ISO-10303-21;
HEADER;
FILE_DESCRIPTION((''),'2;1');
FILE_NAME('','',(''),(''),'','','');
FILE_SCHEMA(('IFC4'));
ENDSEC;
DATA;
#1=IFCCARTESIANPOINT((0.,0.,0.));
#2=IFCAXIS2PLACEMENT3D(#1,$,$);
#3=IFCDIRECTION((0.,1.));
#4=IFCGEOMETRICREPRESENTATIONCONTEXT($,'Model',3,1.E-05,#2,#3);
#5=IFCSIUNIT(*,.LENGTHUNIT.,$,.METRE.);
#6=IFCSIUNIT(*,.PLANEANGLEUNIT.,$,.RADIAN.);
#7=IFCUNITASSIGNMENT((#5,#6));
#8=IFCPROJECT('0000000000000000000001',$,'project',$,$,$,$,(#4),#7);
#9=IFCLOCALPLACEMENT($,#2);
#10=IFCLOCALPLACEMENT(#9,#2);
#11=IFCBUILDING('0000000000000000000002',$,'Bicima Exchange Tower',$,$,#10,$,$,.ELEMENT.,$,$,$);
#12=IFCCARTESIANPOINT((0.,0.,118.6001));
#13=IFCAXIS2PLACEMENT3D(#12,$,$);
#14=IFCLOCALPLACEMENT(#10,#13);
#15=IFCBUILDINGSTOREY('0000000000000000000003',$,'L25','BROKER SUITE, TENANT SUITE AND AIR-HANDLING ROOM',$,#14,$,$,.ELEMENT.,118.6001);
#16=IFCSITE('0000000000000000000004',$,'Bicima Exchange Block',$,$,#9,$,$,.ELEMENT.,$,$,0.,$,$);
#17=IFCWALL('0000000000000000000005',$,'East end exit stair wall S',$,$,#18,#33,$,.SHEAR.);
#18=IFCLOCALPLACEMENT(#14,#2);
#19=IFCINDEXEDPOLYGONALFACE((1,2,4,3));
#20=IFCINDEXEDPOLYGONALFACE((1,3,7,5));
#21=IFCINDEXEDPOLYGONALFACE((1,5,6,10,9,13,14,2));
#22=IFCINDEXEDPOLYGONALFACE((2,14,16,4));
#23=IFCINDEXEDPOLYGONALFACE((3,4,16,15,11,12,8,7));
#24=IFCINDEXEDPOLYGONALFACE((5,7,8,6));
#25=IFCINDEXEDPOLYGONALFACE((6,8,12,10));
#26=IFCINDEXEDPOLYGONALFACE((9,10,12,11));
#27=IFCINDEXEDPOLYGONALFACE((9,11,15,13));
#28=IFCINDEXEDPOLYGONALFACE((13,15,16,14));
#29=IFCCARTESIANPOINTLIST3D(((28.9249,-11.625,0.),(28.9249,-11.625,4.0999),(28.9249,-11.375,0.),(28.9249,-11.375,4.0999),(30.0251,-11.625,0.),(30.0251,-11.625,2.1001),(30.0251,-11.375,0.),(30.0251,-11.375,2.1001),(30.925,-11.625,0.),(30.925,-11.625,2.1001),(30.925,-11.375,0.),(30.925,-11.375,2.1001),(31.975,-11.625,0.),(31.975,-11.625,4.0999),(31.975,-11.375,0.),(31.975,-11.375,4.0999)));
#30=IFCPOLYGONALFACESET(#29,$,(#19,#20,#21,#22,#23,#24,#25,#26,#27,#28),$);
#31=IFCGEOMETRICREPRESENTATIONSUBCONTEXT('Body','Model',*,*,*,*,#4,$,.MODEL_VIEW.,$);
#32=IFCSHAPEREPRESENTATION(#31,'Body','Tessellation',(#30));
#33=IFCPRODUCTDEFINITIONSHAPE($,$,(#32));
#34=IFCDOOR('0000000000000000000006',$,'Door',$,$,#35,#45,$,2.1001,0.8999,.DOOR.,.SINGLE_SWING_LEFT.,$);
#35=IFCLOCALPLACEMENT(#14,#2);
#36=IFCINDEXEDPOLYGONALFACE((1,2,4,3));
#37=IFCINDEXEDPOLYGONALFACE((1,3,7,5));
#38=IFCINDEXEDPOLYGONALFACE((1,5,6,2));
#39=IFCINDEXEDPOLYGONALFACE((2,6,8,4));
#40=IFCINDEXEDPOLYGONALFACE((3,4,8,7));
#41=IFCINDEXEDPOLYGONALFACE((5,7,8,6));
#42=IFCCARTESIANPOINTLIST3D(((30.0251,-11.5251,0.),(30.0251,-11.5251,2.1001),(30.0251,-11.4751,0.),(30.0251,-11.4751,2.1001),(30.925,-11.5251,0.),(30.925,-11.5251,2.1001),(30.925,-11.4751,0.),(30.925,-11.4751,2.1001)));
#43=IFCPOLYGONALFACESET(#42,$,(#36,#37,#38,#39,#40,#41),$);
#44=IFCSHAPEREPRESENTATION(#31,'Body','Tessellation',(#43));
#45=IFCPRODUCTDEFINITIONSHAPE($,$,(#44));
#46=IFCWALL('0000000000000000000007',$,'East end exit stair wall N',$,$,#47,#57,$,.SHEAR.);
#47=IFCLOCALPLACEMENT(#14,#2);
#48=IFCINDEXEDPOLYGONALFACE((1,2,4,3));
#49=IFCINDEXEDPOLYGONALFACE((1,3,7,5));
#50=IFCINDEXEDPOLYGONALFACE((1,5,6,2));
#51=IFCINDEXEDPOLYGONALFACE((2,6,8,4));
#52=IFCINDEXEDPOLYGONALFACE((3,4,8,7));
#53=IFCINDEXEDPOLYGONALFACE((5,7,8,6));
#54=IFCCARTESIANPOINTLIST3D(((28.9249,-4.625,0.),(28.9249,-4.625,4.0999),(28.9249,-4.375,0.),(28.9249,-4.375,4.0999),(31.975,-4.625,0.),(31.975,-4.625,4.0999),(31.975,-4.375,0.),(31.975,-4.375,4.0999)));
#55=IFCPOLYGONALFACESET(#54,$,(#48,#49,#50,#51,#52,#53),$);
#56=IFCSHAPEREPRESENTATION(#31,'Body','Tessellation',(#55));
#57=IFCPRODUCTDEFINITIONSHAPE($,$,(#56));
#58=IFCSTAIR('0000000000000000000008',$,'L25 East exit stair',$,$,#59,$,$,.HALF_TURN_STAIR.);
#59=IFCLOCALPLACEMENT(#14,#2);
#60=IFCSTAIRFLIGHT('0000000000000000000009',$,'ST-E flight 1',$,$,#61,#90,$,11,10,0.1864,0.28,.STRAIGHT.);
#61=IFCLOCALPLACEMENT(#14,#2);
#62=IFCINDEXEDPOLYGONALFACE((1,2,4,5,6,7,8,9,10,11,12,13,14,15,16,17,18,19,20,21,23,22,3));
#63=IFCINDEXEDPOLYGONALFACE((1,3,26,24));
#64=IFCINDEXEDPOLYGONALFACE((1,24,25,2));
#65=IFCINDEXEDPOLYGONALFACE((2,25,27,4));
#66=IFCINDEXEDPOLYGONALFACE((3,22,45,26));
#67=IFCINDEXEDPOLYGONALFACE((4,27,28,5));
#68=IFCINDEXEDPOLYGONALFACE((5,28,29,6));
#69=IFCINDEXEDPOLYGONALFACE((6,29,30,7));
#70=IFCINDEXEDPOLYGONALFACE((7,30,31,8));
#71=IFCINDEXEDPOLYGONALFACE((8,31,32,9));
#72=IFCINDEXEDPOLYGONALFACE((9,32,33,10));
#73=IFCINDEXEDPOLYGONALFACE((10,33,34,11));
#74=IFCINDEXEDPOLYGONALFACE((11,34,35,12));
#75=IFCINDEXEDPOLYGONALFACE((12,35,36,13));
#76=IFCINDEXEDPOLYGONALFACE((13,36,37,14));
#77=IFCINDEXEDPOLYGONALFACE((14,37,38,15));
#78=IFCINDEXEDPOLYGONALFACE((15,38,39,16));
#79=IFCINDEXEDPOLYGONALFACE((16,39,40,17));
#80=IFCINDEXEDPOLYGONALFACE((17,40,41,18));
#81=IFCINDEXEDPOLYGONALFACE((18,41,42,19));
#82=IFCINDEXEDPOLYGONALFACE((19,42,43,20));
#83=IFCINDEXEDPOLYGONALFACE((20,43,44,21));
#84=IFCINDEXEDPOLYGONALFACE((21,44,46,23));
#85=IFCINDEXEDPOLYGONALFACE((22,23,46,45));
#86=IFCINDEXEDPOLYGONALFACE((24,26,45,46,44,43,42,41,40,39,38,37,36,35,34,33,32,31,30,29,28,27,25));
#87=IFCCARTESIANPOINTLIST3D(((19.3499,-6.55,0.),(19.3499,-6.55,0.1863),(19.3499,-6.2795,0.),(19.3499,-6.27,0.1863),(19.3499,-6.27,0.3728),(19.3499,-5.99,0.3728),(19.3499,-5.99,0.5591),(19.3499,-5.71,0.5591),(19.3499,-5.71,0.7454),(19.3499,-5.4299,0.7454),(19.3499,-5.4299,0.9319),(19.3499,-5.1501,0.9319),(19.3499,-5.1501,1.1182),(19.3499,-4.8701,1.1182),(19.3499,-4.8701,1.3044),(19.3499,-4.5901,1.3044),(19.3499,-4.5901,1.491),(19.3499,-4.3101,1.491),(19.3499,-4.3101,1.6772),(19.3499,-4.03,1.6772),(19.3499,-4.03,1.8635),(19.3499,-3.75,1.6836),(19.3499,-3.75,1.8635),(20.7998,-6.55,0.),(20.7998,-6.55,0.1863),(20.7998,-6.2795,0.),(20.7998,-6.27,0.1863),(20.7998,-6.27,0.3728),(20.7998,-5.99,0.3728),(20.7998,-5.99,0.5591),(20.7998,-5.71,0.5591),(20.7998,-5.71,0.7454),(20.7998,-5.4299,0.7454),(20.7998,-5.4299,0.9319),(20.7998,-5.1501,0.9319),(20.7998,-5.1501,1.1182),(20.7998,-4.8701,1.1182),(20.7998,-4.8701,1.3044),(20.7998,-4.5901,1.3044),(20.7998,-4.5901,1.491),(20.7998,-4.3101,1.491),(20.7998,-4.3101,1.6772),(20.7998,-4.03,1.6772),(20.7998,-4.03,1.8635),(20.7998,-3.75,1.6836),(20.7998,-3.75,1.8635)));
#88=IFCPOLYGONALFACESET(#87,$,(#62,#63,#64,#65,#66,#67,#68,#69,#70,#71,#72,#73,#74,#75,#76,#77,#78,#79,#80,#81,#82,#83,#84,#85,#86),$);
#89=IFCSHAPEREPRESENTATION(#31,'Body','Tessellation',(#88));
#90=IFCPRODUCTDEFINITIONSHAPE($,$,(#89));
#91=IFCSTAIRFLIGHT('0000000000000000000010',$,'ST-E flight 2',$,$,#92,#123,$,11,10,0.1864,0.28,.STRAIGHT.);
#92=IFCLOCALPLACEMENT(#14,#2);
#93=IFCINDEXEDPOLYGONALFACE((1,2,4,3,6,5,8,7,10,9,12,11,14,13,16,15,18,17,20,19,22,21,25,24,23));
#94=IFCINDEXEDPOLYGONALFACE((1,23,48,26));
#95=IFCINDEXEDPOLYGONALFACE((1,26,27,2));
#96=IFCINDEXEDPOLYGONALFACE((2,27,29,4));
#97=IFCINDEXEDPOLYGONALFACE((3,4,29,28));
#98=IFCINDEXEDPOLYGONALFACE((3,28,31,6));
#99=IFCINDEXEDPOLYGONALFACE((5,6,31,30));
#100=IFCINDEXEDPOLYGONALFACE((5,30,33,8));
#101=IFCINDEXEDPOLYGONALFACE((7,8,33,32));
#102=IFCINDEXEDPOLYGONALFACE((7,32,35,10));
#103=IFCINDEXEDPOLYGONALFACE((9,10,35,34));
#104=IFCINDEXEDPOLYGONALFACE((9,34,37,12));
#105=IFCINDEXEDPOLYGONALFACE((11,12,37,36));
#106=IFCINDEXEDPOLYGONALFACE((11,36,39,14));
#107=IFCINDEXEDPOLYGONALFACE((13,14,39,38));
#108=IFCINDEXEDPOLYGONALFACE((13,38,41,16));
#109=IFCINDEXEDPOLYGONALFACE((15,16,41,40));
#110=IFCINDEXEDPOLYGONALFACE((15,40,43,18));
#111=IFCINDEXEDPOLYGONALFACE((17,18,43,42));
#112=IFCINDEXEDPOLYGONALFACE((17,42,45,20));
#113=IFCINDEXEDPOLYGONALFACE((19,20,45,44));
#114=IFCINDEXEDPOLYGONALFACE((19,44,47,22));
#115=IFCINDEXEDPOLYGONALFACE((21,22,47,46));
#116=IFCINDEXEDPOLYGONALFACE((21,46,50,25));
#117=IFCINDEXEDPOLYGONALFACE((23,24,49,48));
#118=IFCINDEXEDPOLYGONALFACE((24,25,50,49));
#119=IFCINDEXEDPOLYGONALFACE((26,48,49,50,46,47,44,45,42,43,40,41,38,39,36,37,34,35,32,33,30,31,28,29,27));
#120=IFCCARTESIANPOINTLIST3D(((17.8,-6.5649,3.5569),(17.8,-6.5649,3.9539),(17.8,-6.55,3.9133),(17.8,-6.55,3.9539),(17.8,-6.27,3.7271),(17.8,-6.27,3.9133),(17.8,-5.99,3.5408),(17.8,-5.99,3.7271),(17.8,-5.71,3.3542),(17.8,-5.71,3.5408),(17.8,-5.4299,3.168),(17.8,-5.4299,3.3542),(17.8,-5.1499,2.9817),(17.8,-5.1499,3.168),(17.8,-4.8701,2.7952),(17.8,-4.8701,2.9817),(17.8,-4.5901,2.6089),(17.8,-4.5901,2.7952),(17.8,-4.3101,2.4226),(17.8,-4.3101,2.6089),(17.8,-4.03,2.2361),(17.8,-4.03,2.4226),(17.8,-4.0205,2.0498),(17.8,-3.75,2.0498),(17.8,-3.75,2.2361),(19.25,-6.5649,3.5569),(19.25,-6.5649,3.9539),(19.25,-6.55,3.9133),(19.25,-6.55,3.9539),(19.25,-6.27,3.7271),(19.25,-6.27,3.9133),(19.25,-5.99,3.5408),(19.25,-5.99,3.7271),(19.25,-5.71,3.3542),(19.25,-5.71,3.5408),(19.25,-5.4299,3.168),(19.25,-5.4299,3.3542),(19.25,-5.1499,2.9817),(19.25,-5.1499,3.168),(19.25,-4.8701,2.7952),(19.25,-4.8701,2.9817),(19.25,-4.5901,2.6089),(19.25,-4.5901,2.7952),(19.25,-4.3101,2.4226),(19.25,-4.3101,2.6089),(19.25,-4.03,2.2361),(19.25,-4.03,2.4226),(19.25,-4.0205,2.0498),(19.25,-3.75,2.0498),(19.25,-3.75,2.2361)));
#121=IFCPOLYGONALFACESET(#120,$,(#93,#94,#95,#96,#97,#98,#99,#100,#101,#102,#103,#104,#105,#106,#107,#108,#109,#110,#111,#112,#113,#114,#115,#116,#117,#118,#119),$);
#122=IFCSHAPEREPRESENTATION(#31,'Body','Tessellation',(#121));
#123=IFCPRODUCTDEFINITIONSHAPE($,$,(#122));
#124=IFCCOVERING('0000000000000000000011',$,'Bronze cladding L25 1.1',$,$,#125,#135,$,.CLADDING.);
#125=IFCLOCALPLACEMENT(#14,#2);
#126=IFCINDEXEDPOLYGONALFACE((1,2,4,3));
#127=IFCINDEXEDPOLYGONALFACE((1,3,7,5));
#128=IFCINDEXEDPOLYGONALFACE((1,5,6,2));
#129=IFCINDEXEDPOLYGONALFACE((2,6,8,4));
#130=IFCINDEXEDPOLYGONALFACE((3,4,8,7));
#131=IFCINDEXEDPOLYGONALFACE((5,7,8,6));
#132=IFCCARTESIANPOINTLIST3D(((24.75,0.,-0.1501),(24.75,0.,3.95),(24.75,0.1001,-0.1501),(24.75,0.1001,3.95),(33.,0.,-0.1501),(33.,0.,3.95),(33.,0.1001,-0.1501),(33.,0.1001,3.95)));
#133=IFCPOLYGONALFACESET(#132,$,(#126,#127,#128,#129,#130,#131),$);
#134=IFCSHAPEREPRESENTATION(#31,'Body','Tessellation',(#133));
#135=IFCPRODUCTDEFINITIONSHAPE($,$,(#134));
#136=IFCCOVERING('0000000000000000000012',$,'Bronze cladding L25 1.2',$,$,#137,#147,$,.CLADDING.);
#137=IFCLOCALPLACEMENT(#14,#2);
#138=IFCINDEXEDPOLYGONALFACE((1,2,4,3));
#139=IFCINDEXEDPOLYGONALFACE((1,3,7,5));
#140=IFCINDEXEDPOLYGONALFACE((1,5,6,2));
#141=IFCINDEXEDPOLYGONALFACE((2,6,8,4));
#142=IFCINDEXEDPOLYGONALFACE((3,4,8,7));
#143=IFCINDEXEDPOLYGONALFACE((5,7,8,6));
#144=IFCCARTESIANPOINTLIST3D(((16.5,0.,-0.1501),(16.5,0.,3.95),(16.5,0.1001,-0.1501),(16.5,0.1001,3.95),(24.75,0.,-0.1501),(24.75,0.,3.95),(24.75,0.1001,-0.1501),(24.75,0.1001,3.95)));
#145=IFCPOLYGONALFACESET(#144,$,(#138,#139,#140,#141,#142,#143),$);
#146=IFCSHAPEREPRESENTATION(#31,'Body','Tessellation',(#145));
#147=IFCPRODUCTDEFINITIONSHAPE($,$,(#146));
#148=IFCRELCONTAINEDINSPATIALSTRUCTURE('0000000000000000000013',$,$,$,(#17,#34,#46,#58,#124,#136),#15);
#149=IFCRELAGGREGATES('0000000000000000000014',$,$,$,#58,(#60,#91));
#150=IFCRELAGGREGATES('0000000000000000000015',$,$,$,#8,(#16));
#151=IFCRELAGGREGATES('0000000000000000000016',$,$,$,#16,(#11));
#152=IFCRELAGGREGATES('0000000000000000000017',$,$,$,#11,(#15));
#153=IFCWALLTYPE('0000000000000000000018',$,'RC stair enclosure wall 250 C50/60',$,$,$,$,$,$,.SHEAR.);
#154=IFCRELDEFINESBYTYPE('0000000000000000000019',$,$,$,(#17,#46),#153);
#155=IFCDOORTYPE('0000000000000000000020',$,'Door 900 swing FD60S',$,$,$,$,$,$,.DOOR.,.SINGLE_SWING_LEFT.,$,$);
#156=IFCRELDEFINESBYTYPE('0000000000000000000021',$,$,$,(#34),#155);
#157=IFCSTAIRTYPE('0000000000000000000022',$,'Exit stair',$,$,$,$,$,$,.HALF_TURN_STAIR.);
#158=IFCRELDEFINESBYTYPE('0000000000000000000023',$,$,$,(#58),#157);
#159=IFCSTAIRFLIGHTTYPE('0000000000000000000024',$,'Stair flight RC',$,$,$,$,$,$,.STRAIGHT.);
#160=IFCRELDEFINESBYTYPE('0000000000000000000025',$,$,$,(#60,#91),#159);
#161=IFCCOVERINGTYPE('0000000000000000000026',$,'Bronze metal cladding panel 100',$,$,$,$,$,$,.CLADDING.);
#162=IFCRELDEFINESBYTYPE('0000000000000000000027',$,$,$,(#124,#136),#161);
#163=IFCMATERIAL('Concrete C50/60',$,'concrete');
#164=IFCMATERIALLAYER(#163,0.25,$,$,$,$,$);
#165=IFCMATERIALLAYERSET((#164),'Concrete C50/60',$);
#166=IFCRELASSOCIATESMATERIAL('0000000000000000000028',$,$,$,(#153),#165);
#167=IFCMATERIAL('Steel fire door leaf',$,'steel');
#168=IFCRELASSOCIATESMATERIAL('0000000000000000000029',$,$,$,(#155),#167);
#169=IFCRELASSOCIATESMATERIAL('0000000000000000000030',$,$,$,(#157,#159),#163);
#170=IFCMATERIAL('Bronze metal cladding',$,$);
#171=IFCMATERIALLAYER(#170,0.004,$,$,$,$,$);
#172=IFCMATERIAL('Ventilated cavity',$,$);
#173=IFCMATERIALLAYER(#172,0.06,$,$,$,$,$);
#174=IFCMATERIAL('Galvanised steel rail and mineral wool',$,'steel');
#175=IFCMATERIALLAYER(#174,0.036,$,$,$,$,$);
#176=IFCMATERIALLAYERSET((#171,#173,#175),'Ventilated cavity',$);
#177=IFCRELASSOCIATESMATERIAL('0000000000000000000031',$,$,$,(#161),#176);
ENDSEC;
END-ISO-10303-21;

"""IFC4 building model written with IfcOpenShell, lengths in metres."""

from ifc_helpers import new_model, si_unit, direction, frame, frame_2d, origin, origin_2d, place, context, subcontext, project, spatial, polyline, rectangle, outline, extrude, material, layer, layer_set, type_object, element, fill, aggregate, save


model = new_model("IFC4")

# Units and contexts
model_context = context("Model", 3, precision=1e-05, world=origin(), true_north=direction((0.0, 1.0)))
body_context = subcontext(model_context, "Body", "Model", "MODEL_VIEW")
ifc_project = project(units=[si_unit("LENGTHUNIT", "METRE"), si_unit("PLANEANGLEUNIT", "RADIAN")], contexts=[model_context])

# Site, building, storey
site_placement = place(None, origin())
site = spatial("IfcSite", under=ifc_project, at=site_placement, Name="Bicima Exchange Block", CompositionType="ELEMENT", RefElevation=0.0)
building_placement = place(site_placement, origin())
building = spatial("IfcBuilding", under=site, at=building_placement, Name="Bicima Exchange Tower", CompositionType="ELEMENT")
storey_placement = place(building_placement, frame((0.0, 0.0, 118.6001)))
storey = spatial("IfcBuildingStorey", under=building, at=storey_placement, Name="L25", Description="BROKER SUITE, TENANT SUITE AND AIR-HANDLING ROOM", CompositionType="ELEMENT", Elevation=118.6001)

# Shared definitions
ifc_material_1 = material(Name="Steel fire door leaf", Category="steel")

# Shared definitions
ifc_material_2 = material(Name="Concrete C50/60", Category="concrete")
ifc_layer_1 = layer(ifc_material_2, 0.25)
ifc_layer_set_1 = layer_set([ifc_layer_1], Name="Concrete C50/60")
wall_type_1 = type_object("IfcWallType", Name="RC stair enclosure wall 250 C50/60", PredefinedType="SHEAR", material=ifc_layer_set_1)

# Wall, opening, door
wall_1_placement = place(storey_placement, frame((28.925, -11.5, 0.0), z_axis=(0.0, 0.0, 1.0), x_axis=(1.0, 0.0, 0.0)))
wall_1 = element("IfcWall", 1, at=wall_1_placement, inside=storey, type_object=wall_type_1, Name="East end exit stair wall S", PredefinedType="SHEAR", context=body_context, shape_type="SweptSolid", body=[
    extrude(rectangle(XDim=3.05, YDim=0.25, at=frame_2d((1.5249, 0.0))), origin(), (0.0, 0.0, 1.0), 4.0999),
])
opening_1_placement = place(wall_1_placement, frame((1.1001, 0.0, 0.0)))
opening_1 = element("IfcOpeningElement", 2, at=opening_1_placement, cuts=wall_1, PredefinedType="OPENING", context=body_context, shape_type="SweptSolid", body=[
    extrude(rectangle(XDim=0.8999, YDim=2.1001, at=frame_2d((0.45, 1.05))), frame((0.0, 0.137, 0.0), z_axis=(0.0, -1.0, 0.0), x_axis=(1.0, 0.0, 0.0)), (0.0, 0.0, 1.0), 0.2739),
])
door_type_1 = type_object("IfcDoorType", Name="Door 900 swing FD60S", OperationType="SINGLE_SWING_LEFT", PredefinedType="DOOR", material=ifc_material_1)
door_1_placement = place(opening_1_placement, origin())
door_1 = element("IfcDoor", 3, at=door_1_placement, inside=storey, type_object=door_type_1, Name="Door", OperationType="SINGLE_SWING_LEFT", OverallHeight=2.1001, OverallWidth=0.8999, PredefinedType="DOOR", context=body_context, shape_type="SweptSolid", body=[
    extrude(rectangle(XDim=0.8999, YDim=2.1001, at=frame_2d((0.45, 1.05))), frame((0.0, 0.0249, 0.0), z_axis=(0.0, -1.0, 0.0), x_axis=(1.0, 0.0, 0.0)), (0.0, 0.0, 1.0), 0.05),
])
fill(opening_1, door_1)

# Wall
wall_2_placement = place(storey_placement, frame((28.925, -4.5, 0.0), z_axis=(0.0, 0.0, 1.0), x_axis=(1.0, 0.0, 0.0)))
element("IfcWall", 4, at=wall_2_placement, inside=storey, type_object=wall_type_1, Name="East end exit stair wall N", PredefinedType="SHEAR", context=body_context, shape_type="SweptSolid", body=[
    extrude(rectangle(XDim=3.05, YDim=0.25, at=frame_2d((1.5249, 0.0))), origin(), (0.0, 0.0, 1.0), 4.0999),
])

# Stair, stair flights
stair_type = type_object("IfcStairType", Name="Exit stair", PredefinedType="HALF_TURN_STAIR", material=ifc_material_2)
stair_placement = place(storey_placement, origin())
stair = element("IfcStair", 5, at=stair_placement, inside=storey, type_object=stair_type, Name="L25 East exit stair", PredefinedType="HALF_TURN_STAIR")
stair_flight_type = type_object("IfcStairFlightType", Name="Stair flight RC", PredefinedType="STRAIGHT", material=ifc_material_2)
stair_flight_1_placement = place(storey_placement, frame((20.075, -6.55, 0.0), z_axis=(0.0, 0.0, 1.0), x_axis=(0.0, 1.0, 0.0)))
stair_flight_1 = element("IfcStairFlight", 6, at=stair_flight_1_placement, type_object=stair_flight_type, Name="ST-E flight 1", NumberOfRisers=11, NumberOfTreads=10, PredefinedType="STRAIGHT", RiserHeight=0.1864, TreadLength=0.28, context=body_context, shape_type="SweptSolid", body=[
    extrude(outline(polyline([(0.0, 0.0), (0.0, 0.1863), (0.28, 0.1863), (0.28, 0.3728), (0.5601, 0.3728), (0.5601, 0.5591), (0.8401, 0.5591), (0.8401, 0.7454), (1.1201, 0.7454), (1.1201, 0.9319), (1.3999, 0.9319), (1.3999, 1.1182), (1.6799, 1.1182), (1.6799, 1.3044), (1.96, 1.3044), (1.96, 1.491), (2.24, 1.491), (2.24, 1.6772), (2.52, 1.6772), (2.52, 1.8635), (2.8, 1.8635), (2.8, 2.05), (2.8, 1.6836), (0.2705, 0.0), (0.0, 0.0)])), frame((0.0, 0.7251, 0.0), z_axis=(0.0, -1.0, 0.0), x_axis=(1.0, 0.0, 0.0)), (0.0, 0.0, 1.0), 1.45),
])
stair_flight_2_placement = place(storey_placement, frame((18.5249, -3.75, 2.0498), z_axis=(0.0, 0.0, 1.0), x_axis=(0.0, -1.0, 0.0)))
stair_flight_2 = element("IfcStairFlight", 7, at=stair_flight_2_placement, type_object=stair_flight_type, Name="ST-E flight 2", NumberOfRisers=11, NumberOfTreads=10, PredefinedType="STRAIGHT", RiserHeight=0.1864, TreadLength=0.28, context=body_context, shape_type="SweptSolid", body=[
    extrude(outline(polyline([(0.0, 0.0), (0.0, 0.1863), (0.28, 0.1863), (0.28, 0.3728), (0.5601, 0.3728), (0.5601, 0.5591), (0.8401, 0.5591), (0.8401, 0.7454), (1.1201, 0.7454), (1.1201, 0.9319), (1.3999, 0.9319), (1.3999, 1.1182), (1.6799, 1.1182), (1.6799, 1.3044), (1.96, 1.3044), (1.96, 1.491), (2.24, 1.491), (2.24, 1.6772), (2.52, 1.6772), (2.52, 1.8635), (2.8, 1.8635), (2.8, 1.9041), (2.8149, 1.9041), (2.8149, 1.5071), (0.2705, 0.0), (0.0, 0.0)])), frame((0.0, 0.7251, 0.0), z_axis=(0.0, -1.0, 0.0), x_axis=(1.0, 0.0, 0.0)), (0.0, 0.0, 1.0), 1.45),
])
aggregate(stair, [stair_flight_1, stair_flight_2])

# Coverings
ifc_material_3 = material(Name="Bronze metal cladding")
ifc_layer_2 = layer(ifc_material_3, 0.004)
ifc_material_4 = material(Name="Ventilated cavity")
ifc_layer_3 = layer(ifc_material_4, 0.06)
ifc_material_5 = material(Name="Galvanised steel rail and mineral wool", Category="steel")
ifc_layer_4 = layer(ifc_material_5, 0.036)
ifc_layer_set_2 = layer_set([ifc_layer_2, ifc_layer_3, ifc_layer_4], Name="Ventilated cavity")
covering_type = type_object("IfcCoveringType", Name="Bronze metal cladding panel 100", PredefinedType="CLADDING", material=ifc_layer_set_2)
for number, where, z_axis, x_axis, name in (
    (8, (28.875, 0.05, -0.1501), (0.0, 0.0, 1.0), (-1.0, 0.0, 0.0), "Bronze cladding L25 1.1"),
    (9, (20.625, 0.05, -0.1501), (0.0, 0.0, 1.0), (-1.0, 0.0, 0.0), "Bronze cladding L25 1.2"),
):
    element("IfcCovering", number, at=place(storey_placement, frame(where, z_axis=z_axis, x_axis=x_axis)), inside=storey, type_object=covering_type, Name=name, PredefinedType="CLADDING", context=body_context, shape_type="SweptSolid", body=[
        extrude(rectangle(XDim=8.25, YDim=0.1001, at=origin_2d()), origin(), (0.0, 0.0, 1.0), 4.1001),
    ])

save(model, "model.ifc")
